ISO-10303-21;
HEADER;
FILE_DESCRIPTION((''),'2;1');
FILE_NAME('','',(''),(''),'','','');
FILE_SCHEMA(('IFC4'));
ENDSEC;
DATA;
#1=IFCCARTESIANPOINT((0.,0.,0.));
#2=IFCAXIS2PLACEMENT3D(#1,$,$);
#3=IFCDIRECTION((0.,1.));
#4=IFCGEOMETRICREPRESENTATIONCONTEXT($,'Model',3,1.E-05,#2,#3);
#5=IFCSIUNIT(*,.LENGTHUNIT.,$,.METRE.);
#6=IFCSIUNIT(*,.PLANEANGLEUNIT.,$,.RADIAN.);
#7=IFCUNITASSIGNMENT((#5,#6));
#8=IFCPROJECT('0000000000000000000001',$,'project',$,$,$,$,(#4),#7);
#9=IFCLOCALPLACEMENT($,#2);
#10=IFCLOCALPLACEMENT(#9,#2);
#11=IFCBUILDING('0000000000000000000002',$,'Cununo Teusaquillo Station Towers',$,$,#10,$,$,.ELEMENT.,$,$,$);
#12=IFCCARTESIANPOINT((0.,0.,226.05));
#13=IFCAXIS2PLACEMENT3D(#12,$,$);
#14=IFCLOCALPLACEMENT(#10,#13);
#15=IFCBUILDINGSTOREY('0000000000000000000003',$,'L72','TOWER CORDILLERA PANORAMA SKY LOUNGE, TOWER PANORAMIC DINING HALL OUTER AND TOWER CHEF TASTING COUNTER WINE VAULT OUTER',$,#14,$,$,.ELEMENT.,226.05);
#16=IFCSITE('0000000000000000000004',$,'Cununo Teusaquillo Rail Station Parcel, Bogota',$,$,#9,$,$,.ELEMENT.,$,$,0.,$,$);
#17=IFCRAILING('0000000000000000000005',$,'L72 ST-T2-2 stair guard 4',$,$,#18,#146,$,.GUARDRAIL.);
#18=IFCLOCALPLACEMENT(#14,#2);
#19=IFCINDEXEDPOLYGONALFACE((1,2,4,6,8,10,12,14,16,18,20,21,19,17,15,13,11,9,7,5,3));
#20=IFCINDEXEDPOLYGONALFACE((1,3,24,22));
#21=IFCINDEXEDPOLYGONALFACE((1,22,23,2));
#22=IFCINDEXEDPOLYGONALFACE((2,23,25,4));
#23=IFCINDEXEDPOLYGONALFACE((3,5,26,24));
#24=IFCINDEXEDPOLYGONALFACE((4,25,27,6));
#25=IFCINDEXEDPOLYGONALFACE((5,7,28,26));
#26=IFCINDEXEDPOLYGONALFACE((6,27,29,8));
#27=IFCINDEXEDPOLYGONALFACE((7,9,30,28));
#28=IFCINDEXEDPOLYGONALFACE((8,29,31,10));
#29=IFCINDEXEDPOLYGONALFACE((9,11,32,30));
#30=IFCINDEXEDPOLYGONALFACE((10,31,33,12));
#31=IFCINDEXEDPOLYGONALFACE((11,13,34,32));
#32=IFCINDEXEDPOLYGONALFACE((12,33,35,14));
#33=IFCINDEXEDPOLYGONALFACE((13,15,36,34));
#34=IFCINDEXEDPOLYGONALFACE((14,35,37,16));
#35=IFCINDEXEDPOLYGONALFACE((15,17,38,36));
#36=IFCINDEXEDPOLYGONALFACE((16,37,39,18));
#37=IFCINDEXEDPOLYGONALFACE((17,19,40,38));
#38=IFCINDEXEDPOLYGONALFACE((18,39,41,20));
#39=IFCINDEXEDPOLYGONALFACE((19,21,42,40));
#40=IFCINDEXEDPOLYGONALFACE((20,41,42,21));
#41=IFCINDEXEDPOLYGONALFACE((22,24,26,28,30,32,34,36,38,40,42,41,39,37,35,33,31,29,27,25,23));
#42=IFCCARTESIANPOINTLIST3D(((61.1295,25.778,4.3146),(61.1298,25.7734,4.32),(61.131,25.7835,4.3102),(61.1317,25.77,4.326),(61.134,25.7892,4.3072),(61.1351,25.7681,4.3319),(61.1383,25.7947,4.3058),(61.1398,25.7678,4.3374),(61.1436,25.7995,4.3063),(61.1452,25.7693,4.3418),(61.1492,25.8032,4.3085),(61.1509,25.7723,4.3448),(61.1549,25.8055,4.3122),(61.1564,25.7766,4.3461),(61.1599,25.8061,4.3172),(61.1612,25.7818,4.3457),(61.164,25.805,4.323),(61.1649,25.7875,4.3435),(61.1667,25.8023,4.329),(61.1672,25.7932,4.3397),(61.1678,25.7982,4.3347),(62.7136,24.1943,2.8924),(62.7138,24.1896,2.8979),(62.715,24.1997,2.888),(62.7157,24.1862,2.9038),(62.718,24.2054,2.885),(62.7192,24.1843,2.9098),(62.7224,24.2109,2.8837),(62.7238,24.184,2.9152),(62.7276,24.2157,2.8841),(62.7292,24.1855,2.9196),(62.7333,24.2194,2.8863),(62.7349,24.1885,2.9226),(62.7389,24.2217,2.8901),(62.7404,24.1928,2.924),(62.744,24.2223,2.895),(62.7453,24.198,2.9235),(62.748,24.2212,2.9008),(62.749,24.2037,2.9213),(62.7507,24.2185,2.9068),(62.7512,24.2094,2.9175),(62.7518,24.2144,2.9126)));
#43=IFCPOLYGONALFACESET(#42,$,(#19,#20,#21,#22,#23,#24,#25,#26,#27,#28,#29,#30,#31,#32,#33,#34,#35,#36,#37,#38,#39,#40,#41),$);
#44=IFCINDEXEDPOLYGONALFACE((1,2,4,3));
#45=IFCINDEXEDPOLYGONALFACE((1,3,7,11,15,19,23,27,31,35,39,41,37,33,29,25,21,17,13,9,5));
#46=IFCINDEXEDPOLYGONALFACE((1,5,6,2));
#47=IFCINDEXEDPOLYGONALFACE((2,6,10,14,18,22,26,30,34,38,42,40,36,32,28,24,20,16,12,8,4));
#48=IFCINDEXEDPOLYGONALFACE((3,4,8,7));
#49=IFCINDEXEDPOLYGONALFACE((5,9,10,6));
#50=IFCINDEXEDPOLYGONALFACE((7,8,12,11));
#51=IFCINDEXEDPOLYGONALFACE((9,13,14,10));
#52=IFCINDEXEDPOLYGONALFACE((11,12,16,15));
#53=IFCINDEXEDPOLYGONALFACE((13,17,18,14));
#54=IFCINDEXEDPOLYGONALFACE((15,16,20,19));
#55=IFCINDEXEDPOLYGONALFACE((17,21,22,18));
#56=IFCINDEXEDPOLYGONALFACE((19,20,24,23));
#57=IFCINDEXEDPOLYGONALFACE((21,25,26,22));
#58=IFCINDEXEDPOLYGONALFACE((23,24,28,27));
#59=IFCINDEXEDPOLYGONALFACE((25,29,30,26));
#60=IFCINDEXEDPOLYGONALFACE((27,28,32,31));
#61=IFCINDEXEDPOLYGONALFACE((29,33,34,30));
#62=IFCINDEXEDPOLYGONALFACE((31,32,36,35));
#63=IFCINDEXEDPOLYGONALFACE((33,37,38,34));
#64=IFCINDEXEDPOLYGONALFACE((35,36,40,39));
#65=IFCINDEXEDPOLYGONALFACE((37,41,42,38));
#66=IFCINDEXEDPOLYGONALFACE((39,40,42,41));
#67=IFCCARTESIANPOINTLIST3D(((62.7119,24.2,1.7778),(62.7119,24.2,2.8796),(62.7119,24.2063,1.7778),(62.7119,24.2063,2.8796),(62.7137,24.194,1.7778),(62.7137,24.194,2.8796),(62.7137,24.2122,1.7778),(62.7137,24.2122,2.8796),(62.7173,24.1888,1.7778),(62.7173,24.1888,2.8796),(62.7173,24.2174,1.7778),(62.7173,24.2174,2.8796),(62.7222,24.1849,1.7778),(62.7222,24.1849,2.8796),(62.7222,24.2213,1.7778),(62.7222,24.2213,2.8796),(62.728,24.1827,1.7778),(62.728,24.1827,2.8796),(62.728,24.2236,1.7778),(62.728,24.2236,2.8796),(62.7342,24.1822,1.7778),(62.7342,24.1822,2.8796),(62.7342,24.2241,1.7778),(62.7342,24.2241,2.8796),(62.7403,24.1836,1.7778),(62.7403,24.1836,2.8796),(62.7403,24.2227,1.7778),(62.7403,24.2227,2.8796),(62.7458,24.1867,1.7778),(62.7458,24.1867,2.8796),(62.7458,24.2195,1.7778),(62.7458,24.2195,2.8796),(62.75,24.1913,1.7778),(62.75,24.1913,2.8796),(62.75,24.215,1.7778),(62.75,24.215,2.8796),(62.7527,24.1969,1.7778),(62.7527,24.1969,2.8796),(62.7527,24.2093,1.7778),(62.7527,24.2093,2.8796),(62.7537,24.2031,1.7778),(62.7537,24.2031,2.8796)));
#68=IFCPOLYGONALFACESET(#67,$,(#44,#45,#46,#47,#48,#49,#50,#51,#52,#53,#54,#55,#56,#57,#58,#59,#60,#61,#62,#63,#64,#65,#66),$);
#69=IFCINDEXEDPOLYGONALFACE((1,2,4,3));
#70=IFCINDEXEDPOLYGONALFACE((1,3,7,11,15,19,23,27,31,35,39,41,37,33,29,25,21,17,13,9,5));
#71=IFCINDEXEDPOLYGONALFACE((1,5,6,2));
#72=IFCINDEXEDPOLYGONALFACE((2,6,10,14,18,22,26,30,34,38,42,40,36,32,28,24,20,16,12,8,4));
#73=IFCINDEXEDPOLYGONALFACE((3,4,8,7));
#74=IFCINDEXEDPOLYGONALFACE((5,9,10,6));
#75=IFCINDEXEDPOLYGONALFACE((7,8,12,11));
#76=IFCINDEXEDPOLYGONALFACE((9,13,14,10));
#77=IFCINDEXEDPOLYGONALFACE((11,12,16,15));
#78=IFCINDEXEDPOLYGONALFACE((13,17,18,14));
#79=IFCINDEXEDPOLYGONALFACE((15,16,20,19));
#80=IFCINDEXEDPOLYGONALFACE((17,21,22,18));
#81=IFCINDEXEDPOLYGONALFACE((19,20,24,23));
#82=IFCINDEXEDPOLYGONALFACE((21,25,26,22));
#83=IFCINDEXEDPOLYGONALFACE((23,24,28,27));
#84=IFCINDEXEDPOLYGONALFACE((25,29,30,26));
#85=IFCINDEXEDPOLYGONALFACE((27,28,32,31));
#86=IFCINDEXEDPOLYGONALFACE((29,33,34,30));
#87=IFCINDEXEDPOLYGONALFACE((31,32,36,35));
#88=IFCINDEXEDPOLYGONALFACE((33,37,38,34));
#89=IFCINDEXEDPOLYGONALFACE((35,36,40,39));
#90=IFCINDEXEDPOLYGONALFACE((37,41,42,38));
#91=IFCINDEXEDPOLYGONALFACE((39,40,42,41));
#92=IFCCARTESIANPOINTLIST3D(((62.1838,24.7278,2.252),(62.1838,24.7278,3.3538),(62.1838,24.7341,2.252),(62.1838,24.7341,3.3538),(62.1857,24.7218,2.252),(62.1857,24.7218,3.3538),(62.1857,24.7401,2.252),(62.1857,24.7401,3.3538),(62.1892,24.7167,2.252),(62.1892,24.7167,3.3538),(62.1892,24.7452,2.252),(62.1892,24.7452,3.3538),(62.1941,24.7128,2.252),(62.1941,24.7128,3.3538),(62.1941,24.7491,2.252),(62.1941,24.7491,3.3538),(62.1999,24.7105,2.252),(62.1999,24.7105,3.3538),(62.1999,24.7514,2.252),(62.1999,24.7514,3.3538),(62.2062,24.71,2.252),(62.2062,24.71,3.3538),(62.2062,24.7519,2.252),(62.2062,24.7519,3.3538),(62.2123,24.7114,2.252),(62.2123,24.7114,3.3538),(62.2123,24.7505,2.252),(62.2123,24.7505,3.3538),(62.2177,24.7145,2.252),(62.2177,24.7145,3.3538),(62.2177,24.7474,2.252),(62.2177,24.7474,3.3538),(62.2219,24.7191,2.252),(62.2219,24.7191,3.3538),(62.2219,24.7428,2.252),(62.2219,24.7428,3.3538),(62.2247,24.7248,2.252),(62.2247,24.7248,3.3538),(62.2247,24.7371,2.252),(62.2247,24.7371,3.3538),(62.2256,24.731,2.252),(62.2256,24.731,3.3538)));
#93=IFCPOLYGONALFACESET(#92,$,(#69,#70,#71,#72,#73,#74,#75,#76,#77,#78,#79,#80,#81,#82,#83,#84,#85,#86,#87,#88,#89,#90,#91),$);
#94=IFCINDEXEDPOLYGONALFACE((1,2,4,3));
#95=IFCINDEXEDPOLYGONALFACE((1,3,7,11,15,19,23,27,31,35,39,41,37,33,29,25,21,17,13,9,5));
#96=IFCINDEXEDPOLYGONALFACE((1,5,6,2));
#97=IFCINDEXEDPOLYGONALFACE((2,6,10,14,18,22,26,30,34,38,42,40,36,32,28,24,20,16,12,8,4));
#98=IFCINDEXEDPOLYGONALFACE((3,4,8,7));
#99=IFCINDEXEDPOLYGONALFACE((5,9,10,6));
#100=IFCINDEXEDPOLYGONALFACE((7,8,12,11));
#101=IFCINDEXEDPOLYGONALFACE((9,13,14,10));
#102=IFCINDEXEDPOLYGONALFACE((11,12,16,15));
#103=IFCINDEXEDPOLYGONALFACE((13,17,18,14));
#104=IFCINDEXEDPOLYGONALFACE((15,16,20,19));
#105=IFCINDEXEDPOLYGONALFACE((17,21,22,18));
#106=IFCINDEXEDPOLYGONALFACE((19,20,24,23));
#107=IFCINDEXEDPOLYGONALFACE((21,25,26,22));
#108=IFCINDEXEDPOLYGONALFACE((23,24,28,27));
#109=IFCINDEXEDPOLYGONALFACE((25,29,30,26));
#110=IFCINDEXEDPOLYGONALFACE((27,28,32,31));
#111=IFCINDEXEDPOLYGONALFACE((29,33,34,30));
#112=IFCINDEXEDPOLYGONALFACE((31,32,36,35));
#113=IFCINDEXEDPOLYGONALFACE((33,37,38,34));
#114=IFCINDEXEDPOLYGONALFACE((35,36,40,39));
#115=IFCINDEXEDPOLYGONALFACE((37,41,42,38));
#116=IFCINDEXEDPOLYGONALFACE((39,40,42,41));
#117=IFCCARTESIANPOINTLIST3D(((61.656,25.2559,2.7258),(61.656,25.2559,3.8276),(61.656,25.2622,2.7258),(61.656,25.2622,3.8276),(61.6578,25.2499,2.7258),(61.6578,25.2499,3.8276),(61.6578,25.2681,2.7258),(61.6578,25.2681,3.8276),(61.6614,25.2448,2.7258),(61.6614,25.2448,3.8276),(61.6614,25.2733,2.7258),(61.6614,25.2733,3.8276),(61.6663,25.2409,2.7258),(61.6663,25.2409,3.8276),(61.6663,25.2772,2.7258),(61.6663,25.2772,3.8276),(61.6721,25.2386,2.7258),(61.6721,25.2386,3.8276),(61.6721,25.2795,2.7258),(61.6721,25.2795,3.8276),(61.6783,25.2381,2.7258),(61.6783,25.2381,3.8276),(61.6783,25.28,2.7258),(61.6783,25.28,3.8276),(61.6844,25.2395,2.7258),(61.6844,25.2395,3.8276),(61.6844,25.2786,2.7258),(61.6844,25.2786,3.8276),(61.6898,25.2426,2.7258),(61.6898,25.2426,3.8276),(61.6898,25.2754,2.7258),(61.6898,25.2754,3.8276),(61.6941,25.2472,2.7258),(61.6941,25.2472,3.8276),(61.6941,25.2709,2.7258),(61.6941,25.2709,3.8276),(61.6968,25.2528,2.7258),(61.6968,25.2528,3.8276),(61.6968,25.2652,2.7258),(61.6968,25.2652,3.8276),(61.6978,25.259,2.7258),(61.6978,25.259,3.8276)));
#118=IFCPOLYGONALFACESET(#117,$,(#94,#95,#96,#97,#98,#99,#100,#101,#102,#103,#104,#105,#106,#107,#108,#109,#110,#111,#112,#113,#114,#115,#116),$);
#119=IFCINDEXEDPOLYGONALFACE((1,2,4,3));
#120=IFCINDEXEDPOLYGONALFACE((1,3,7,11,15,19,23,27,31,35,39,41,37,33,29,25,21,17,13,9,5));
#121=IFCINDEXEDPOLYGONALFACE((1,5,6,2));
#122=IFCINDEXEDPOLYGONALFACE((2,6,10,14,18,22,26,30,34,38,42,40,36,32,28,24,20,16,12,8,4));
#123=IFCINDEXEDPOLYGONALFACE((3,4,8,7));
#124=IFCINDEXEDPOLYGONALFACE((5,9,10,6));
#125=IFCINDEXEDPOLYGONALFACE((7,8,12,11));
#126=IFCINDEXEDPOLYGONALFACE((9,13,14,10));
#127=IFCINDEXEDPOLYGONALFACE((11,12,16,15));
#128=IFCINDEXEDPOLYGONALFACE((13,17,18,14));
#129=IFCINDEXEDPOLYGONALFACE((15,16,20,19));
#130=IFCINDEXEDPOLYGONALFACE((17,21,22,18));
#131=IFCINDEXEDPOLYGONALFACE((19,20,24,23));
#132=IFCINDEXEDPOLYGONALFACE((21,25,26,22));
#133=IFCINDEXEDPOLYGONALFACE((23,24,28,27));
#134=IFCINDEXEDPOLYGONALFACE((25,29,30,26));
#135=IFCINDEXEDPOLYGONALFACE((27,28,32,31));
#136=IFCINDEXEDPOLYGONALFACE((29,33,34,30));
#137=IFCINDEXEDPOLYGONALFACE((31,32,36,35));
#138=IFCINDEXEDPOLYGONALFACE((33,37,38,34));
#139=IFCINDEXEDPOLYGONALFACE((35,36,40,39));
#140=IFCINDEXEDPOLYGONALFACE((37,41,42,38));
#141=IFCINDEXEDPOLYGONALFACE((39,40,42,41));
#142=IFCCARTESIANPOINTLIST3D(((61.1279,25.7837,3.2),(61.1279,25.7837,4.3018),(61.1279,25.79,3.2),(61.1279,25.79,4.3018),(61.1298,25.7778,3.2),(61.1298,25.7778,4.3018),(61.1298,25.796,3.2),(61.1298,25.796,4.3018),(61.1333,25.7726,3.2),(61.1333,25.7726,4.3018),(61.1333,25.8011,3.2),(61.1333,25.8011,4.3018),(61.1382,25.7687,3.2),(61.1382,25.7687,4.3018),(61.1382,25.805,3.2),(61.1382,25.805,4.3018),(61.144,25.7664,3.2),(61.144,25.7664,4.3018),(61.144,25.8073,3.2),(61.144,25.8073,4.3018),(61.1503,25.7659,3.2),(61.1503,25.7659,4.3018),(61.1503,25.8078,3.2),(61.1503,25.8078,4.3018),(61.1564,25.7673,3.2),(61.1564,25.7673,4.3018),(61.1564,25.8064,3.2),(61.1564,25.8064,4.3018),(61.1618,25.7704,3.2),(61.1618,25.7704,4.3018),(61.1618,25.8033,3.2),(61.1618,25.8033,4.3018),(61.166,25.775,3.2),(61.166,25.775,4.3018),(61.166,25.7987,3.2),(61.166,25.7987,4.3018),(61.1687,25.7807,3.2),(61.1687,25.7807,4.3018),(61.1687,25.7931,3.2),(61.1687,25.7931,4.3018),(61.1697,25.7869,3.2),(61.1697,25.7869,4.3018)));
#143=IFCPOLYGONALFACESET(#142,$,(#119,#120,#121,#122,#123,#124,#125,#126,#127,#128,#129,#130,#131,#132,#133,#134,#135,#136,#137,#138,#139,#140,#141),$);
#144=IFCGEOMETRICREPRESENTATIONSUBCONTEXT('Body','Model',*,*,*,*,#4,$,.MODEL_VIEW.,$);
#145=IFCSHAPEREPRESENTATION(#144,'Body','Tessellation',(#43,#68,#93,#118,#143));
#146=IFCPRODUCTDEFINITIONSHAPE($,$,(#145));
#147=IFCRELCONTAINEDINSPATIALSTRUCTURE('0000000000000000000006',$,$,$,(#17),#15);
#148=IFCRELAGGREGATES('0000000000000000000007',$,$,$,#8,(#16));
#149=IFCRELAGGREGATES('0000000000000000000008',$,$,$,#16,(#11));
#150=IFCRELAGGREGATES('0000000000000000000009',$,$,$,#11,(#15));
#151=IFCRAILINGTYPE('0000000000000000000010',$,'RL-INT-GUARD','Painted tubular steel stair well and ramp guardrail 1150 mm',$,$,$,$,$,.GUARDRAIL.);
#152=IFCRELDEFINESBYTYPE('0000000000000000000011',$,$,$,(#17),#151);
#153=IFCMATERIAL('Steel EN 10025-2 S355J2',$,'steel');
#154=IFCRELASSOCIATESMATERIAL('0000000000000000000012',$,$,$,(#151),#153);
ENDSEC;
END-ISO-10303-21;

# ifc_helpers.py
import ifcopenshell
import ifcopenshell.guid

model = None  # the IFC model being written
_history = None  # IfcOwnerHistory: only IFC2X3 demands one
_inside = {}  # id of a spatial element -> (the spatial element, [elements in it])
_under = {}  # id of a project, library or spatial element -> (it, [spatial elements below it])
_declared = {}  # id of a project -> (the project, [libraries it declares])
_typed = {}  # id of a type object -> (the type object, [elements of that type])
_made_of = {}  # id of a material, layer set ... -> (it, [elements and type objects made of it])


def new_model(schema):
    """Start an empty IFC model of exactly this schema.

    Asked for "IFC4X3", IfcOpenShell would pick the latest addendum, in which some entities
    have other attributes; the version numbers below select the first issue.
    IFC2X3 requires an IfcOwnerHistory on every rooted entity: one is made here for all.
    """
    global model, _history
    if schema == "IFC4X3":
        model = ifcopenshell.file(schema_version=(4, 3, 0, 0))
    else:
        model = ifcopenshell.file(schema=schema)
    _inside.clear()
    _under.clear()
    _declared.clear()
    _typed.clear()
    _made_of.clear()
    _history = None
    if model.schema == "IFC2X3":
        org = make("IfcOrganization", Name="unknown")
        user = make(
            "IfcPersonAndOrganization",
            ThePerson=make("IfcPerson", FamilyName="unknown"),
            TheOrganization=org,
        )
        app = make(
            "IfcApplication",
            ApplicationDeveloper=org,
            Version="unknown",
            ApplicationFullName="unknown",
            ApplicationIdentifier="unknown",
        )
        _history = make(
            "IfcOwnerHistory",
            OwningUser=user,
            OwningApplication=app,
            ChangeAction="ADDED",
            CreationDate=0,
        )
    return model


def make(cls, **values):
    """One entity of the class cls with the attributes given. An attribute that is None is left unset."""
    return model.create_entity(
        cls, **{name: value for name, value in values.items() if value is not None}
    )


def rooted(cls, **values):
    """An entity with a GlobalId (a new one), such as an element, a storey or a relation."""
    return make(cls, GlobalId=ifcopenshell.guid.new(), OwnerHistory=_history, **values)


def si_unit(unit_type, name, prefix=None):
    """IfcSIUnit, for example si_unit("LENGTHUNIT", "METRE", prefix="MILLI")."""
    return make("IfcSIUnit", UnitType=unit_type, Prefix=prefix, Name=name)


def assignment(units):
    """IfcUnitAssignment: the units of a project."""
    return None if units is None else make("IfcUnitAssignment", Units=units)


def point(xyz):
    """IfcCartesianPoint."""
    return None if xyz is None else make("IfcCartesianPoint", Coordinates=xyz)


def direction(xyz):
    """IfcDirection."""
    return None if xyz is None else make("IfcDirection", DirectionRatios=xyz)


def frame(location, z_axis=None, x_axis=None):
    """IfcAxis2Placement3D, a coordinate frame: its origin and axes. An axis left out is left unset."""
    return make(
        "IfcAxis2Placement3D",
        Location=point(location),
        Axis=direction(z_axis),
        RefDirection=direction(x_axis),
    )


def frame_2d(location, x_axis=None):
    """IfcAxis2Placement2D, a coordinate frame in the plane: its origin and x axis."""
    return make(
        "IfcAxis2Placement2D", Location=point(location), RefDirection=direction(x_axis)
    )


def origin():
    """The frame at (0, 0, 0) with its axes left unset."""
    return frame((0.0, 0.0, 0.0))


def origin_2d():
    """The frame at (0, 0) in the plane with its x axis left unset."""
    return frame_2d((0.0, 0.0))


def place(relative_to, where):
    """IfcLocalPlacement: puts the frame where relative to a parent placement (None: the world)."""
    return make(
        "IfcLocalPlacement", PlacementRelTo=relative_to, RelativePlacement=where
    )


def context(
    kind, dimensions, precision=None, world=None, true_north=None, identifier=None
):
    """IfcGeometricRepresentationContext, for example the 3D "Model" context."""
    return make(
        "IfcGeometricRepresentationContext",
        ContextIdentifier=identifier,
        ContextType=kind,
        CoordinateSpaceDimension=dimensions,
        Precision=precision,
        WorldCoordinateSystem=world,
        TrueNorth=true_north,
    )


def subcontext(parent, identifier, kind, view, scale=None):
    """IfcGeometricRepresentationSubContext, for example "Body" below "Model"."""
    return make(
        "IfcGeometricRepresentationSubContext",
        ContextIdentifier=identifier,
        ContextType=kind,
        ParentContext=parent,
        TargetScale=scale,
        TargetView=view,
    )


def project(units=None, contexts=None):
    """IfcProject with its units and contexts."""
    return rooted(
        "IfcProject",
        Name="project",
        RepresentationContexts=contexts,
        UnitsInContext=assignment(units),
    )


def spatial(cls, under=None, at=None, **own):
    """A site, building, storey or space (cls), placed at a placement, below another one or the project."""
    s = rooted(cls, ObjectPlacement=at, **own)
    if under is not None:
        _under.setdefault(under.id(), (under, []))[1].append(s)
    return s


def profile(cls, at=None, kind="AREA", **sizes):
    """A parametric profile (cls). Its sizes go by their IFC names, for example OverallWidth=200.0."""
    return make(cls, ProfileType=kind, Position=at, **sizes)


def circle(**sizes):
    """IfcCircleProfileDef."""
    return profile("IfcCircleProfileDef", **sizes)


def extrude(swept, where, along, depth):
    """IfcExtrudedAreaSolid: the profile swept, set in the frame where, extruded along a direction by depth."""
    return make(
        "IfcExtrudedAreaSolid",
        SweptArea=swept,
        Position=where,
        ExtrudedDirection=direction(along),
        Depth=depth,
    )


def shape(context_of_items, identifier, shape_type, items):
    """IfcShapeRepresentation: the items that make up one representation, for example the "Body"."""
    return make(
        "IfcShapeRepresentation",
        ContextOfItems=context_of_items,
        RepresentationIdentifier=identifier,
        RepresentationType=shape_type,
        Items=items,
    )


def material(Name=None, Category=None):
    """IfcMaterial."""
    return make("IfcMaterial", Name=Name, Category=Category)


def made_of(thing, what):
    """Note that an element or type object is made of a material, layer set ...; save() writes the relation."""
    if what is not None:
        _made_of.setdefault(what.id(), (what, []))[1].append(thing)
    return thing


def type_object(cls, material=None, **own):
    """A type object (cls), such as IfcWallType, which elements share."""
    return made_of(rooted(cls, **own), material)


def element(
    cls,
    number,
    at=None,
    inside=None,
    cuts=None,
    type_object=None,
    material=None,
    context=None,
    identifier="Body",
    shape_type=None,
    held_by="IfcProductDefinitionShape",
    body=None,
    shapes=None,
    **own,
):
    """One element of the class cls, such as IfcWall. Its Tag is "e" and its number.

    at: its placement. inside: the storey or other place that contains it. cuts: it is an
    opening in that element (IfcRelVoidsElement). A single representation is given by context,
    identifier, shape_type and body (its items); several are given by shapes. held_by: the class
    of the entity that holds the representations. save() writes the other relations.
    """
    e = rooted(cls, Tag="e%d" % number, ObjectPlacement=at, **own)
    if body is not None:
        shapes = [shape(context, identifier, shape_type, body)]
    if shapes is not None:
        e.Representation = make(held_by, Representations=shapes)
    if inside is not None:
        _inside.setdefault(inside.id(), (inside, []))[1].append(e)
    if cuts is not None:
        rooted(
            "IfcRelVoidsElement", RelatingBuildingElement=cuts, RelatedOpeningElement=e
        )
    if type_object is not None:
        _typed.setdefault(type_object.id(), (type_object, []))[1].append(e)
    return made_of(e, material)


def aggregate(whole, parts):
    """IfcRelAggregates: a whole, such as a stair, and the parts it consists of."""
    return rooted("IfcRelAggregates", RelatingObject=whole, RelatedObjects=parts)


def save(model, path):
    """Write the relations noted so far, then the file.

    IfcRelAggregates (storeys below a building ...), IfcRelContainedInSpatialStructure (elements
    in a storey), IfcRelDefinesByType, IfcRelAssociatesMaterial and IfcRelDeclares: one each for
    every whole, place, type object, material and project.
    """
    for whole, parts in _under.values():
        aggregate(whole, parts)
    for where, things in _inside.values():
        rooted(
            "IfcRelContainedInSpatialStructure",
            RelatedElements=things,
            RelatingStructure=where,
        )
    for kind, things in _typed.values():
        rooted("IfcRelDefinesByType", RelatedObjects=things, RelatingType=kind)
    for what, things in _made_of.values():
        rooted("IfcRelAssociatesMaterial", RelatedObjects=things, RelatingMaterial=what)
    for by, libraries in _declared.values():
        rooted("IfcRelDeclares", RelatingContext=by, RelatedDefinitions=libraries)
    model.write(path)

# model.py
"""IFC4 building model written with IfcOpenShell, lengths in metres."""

from ifc_helpers import new_model, si_unit, direction, frame, origin, origin_2d, place, context, subcontext, project, spatial, circle, extrude, material, type_object, element, save


model = new_model("IFC4")

# Units and contexts
model_context = context("Model", 3, precision=1e-05, world=origin(), true_north=direction((0.0, 1.0)))
body_context = subcontext(model_context, "Body", "Model", "MODEL_VIEW")
ifc_project = project(units=[si_unit("LENGTHUNIT", "METRE"), si_unit("PLANEANGLEUNIT", "RADIAN")], contexts=[model_context])

# Site, building, storey
site_placement = place(None, origin())
site = spatial("IfcSite", under=ifc_project, at=site_placement, Name="Cununo Teusaquillo Rail Station Parcel, Bogota", CompositionType="ELEMENT", RefElevation=0.0)
building_placement = place(site_placement, origin())
building = spatial("IfcBuilding", under=site, at=building_placement, Name="Cununo Teusaquillo Station Towers", CompositionType="ELEMENT")
storey_placement = place(building_placement, frame((0.0, 0.0, 226.05)))
storey = spatial("IfcBuildingStorey", under=building, at=storey_placement, Name="L72", Description="TOWER CORDILLERA PANORAMA SKY LOUNGE, TOWER PANORAMIC DINING HALL OUTER AND TOWER CHEF TASTING COUNTER WINE VAULT OUTER", CompositionType="ELEMENT", Elevation=226.05)

# Railing
ifc_material_1 = material(Name="Steel EN 10025-2 S355J2", Category="steel")
railing_type_1 = type_object("IfcRailingType", Name="RL-INT-GUARD", Description="Painted tubular steel stair well and ramp guardrail 1150 mm", PredefinedType="GUARDRAIL", material=ifc_material_1)
railing_1_placement = place(storey_placement, frame((62.7327, 24.2031, 1.7778)))
element("IfcRailing", 1, at=railing_1_placement, inside=storey, type_object=railing_type_1, Name="L72 ST-T2-2 stair guard 4", PredefinedType="GUARDRAIL", context=body_context, shape_type="SweptSolid", body=[
    extrude(circle(Radius=0.0239, at=origin_2d()), frame((0.0, 0.0, 1.126), z_axis=(-0.597001, 0.596909, 0.535994), x_axis=(-0.707052, -0.707161, 0.0)), (0.0, 0.0, 1.0), 2.6533),
    extrude(circle(Radius=0.021, at=origin_2d()), origin(), (0.0, 0.0, 1.0), 1.1018),
    extrude(circle(Radius=0.021, at=origin_2d()), frame((-0.5281, 0.5278, 0.4741)), (0.0, 0.0, 1.0), 1.1018),
    extrude(circle(Radius=0.021, at=origin_2d()), frame((-1.0559, 1.0559, 0.948)), (0.0, 0.0, 1.0), 1.1018),
    extrude(circle(Radius=0.021, at=origin_2d()), frame((-1.584, 1.5837, 1.4221)), (0.0, 0.0, 1.0), 1.1018),
])

save(model, "model.ifc")
